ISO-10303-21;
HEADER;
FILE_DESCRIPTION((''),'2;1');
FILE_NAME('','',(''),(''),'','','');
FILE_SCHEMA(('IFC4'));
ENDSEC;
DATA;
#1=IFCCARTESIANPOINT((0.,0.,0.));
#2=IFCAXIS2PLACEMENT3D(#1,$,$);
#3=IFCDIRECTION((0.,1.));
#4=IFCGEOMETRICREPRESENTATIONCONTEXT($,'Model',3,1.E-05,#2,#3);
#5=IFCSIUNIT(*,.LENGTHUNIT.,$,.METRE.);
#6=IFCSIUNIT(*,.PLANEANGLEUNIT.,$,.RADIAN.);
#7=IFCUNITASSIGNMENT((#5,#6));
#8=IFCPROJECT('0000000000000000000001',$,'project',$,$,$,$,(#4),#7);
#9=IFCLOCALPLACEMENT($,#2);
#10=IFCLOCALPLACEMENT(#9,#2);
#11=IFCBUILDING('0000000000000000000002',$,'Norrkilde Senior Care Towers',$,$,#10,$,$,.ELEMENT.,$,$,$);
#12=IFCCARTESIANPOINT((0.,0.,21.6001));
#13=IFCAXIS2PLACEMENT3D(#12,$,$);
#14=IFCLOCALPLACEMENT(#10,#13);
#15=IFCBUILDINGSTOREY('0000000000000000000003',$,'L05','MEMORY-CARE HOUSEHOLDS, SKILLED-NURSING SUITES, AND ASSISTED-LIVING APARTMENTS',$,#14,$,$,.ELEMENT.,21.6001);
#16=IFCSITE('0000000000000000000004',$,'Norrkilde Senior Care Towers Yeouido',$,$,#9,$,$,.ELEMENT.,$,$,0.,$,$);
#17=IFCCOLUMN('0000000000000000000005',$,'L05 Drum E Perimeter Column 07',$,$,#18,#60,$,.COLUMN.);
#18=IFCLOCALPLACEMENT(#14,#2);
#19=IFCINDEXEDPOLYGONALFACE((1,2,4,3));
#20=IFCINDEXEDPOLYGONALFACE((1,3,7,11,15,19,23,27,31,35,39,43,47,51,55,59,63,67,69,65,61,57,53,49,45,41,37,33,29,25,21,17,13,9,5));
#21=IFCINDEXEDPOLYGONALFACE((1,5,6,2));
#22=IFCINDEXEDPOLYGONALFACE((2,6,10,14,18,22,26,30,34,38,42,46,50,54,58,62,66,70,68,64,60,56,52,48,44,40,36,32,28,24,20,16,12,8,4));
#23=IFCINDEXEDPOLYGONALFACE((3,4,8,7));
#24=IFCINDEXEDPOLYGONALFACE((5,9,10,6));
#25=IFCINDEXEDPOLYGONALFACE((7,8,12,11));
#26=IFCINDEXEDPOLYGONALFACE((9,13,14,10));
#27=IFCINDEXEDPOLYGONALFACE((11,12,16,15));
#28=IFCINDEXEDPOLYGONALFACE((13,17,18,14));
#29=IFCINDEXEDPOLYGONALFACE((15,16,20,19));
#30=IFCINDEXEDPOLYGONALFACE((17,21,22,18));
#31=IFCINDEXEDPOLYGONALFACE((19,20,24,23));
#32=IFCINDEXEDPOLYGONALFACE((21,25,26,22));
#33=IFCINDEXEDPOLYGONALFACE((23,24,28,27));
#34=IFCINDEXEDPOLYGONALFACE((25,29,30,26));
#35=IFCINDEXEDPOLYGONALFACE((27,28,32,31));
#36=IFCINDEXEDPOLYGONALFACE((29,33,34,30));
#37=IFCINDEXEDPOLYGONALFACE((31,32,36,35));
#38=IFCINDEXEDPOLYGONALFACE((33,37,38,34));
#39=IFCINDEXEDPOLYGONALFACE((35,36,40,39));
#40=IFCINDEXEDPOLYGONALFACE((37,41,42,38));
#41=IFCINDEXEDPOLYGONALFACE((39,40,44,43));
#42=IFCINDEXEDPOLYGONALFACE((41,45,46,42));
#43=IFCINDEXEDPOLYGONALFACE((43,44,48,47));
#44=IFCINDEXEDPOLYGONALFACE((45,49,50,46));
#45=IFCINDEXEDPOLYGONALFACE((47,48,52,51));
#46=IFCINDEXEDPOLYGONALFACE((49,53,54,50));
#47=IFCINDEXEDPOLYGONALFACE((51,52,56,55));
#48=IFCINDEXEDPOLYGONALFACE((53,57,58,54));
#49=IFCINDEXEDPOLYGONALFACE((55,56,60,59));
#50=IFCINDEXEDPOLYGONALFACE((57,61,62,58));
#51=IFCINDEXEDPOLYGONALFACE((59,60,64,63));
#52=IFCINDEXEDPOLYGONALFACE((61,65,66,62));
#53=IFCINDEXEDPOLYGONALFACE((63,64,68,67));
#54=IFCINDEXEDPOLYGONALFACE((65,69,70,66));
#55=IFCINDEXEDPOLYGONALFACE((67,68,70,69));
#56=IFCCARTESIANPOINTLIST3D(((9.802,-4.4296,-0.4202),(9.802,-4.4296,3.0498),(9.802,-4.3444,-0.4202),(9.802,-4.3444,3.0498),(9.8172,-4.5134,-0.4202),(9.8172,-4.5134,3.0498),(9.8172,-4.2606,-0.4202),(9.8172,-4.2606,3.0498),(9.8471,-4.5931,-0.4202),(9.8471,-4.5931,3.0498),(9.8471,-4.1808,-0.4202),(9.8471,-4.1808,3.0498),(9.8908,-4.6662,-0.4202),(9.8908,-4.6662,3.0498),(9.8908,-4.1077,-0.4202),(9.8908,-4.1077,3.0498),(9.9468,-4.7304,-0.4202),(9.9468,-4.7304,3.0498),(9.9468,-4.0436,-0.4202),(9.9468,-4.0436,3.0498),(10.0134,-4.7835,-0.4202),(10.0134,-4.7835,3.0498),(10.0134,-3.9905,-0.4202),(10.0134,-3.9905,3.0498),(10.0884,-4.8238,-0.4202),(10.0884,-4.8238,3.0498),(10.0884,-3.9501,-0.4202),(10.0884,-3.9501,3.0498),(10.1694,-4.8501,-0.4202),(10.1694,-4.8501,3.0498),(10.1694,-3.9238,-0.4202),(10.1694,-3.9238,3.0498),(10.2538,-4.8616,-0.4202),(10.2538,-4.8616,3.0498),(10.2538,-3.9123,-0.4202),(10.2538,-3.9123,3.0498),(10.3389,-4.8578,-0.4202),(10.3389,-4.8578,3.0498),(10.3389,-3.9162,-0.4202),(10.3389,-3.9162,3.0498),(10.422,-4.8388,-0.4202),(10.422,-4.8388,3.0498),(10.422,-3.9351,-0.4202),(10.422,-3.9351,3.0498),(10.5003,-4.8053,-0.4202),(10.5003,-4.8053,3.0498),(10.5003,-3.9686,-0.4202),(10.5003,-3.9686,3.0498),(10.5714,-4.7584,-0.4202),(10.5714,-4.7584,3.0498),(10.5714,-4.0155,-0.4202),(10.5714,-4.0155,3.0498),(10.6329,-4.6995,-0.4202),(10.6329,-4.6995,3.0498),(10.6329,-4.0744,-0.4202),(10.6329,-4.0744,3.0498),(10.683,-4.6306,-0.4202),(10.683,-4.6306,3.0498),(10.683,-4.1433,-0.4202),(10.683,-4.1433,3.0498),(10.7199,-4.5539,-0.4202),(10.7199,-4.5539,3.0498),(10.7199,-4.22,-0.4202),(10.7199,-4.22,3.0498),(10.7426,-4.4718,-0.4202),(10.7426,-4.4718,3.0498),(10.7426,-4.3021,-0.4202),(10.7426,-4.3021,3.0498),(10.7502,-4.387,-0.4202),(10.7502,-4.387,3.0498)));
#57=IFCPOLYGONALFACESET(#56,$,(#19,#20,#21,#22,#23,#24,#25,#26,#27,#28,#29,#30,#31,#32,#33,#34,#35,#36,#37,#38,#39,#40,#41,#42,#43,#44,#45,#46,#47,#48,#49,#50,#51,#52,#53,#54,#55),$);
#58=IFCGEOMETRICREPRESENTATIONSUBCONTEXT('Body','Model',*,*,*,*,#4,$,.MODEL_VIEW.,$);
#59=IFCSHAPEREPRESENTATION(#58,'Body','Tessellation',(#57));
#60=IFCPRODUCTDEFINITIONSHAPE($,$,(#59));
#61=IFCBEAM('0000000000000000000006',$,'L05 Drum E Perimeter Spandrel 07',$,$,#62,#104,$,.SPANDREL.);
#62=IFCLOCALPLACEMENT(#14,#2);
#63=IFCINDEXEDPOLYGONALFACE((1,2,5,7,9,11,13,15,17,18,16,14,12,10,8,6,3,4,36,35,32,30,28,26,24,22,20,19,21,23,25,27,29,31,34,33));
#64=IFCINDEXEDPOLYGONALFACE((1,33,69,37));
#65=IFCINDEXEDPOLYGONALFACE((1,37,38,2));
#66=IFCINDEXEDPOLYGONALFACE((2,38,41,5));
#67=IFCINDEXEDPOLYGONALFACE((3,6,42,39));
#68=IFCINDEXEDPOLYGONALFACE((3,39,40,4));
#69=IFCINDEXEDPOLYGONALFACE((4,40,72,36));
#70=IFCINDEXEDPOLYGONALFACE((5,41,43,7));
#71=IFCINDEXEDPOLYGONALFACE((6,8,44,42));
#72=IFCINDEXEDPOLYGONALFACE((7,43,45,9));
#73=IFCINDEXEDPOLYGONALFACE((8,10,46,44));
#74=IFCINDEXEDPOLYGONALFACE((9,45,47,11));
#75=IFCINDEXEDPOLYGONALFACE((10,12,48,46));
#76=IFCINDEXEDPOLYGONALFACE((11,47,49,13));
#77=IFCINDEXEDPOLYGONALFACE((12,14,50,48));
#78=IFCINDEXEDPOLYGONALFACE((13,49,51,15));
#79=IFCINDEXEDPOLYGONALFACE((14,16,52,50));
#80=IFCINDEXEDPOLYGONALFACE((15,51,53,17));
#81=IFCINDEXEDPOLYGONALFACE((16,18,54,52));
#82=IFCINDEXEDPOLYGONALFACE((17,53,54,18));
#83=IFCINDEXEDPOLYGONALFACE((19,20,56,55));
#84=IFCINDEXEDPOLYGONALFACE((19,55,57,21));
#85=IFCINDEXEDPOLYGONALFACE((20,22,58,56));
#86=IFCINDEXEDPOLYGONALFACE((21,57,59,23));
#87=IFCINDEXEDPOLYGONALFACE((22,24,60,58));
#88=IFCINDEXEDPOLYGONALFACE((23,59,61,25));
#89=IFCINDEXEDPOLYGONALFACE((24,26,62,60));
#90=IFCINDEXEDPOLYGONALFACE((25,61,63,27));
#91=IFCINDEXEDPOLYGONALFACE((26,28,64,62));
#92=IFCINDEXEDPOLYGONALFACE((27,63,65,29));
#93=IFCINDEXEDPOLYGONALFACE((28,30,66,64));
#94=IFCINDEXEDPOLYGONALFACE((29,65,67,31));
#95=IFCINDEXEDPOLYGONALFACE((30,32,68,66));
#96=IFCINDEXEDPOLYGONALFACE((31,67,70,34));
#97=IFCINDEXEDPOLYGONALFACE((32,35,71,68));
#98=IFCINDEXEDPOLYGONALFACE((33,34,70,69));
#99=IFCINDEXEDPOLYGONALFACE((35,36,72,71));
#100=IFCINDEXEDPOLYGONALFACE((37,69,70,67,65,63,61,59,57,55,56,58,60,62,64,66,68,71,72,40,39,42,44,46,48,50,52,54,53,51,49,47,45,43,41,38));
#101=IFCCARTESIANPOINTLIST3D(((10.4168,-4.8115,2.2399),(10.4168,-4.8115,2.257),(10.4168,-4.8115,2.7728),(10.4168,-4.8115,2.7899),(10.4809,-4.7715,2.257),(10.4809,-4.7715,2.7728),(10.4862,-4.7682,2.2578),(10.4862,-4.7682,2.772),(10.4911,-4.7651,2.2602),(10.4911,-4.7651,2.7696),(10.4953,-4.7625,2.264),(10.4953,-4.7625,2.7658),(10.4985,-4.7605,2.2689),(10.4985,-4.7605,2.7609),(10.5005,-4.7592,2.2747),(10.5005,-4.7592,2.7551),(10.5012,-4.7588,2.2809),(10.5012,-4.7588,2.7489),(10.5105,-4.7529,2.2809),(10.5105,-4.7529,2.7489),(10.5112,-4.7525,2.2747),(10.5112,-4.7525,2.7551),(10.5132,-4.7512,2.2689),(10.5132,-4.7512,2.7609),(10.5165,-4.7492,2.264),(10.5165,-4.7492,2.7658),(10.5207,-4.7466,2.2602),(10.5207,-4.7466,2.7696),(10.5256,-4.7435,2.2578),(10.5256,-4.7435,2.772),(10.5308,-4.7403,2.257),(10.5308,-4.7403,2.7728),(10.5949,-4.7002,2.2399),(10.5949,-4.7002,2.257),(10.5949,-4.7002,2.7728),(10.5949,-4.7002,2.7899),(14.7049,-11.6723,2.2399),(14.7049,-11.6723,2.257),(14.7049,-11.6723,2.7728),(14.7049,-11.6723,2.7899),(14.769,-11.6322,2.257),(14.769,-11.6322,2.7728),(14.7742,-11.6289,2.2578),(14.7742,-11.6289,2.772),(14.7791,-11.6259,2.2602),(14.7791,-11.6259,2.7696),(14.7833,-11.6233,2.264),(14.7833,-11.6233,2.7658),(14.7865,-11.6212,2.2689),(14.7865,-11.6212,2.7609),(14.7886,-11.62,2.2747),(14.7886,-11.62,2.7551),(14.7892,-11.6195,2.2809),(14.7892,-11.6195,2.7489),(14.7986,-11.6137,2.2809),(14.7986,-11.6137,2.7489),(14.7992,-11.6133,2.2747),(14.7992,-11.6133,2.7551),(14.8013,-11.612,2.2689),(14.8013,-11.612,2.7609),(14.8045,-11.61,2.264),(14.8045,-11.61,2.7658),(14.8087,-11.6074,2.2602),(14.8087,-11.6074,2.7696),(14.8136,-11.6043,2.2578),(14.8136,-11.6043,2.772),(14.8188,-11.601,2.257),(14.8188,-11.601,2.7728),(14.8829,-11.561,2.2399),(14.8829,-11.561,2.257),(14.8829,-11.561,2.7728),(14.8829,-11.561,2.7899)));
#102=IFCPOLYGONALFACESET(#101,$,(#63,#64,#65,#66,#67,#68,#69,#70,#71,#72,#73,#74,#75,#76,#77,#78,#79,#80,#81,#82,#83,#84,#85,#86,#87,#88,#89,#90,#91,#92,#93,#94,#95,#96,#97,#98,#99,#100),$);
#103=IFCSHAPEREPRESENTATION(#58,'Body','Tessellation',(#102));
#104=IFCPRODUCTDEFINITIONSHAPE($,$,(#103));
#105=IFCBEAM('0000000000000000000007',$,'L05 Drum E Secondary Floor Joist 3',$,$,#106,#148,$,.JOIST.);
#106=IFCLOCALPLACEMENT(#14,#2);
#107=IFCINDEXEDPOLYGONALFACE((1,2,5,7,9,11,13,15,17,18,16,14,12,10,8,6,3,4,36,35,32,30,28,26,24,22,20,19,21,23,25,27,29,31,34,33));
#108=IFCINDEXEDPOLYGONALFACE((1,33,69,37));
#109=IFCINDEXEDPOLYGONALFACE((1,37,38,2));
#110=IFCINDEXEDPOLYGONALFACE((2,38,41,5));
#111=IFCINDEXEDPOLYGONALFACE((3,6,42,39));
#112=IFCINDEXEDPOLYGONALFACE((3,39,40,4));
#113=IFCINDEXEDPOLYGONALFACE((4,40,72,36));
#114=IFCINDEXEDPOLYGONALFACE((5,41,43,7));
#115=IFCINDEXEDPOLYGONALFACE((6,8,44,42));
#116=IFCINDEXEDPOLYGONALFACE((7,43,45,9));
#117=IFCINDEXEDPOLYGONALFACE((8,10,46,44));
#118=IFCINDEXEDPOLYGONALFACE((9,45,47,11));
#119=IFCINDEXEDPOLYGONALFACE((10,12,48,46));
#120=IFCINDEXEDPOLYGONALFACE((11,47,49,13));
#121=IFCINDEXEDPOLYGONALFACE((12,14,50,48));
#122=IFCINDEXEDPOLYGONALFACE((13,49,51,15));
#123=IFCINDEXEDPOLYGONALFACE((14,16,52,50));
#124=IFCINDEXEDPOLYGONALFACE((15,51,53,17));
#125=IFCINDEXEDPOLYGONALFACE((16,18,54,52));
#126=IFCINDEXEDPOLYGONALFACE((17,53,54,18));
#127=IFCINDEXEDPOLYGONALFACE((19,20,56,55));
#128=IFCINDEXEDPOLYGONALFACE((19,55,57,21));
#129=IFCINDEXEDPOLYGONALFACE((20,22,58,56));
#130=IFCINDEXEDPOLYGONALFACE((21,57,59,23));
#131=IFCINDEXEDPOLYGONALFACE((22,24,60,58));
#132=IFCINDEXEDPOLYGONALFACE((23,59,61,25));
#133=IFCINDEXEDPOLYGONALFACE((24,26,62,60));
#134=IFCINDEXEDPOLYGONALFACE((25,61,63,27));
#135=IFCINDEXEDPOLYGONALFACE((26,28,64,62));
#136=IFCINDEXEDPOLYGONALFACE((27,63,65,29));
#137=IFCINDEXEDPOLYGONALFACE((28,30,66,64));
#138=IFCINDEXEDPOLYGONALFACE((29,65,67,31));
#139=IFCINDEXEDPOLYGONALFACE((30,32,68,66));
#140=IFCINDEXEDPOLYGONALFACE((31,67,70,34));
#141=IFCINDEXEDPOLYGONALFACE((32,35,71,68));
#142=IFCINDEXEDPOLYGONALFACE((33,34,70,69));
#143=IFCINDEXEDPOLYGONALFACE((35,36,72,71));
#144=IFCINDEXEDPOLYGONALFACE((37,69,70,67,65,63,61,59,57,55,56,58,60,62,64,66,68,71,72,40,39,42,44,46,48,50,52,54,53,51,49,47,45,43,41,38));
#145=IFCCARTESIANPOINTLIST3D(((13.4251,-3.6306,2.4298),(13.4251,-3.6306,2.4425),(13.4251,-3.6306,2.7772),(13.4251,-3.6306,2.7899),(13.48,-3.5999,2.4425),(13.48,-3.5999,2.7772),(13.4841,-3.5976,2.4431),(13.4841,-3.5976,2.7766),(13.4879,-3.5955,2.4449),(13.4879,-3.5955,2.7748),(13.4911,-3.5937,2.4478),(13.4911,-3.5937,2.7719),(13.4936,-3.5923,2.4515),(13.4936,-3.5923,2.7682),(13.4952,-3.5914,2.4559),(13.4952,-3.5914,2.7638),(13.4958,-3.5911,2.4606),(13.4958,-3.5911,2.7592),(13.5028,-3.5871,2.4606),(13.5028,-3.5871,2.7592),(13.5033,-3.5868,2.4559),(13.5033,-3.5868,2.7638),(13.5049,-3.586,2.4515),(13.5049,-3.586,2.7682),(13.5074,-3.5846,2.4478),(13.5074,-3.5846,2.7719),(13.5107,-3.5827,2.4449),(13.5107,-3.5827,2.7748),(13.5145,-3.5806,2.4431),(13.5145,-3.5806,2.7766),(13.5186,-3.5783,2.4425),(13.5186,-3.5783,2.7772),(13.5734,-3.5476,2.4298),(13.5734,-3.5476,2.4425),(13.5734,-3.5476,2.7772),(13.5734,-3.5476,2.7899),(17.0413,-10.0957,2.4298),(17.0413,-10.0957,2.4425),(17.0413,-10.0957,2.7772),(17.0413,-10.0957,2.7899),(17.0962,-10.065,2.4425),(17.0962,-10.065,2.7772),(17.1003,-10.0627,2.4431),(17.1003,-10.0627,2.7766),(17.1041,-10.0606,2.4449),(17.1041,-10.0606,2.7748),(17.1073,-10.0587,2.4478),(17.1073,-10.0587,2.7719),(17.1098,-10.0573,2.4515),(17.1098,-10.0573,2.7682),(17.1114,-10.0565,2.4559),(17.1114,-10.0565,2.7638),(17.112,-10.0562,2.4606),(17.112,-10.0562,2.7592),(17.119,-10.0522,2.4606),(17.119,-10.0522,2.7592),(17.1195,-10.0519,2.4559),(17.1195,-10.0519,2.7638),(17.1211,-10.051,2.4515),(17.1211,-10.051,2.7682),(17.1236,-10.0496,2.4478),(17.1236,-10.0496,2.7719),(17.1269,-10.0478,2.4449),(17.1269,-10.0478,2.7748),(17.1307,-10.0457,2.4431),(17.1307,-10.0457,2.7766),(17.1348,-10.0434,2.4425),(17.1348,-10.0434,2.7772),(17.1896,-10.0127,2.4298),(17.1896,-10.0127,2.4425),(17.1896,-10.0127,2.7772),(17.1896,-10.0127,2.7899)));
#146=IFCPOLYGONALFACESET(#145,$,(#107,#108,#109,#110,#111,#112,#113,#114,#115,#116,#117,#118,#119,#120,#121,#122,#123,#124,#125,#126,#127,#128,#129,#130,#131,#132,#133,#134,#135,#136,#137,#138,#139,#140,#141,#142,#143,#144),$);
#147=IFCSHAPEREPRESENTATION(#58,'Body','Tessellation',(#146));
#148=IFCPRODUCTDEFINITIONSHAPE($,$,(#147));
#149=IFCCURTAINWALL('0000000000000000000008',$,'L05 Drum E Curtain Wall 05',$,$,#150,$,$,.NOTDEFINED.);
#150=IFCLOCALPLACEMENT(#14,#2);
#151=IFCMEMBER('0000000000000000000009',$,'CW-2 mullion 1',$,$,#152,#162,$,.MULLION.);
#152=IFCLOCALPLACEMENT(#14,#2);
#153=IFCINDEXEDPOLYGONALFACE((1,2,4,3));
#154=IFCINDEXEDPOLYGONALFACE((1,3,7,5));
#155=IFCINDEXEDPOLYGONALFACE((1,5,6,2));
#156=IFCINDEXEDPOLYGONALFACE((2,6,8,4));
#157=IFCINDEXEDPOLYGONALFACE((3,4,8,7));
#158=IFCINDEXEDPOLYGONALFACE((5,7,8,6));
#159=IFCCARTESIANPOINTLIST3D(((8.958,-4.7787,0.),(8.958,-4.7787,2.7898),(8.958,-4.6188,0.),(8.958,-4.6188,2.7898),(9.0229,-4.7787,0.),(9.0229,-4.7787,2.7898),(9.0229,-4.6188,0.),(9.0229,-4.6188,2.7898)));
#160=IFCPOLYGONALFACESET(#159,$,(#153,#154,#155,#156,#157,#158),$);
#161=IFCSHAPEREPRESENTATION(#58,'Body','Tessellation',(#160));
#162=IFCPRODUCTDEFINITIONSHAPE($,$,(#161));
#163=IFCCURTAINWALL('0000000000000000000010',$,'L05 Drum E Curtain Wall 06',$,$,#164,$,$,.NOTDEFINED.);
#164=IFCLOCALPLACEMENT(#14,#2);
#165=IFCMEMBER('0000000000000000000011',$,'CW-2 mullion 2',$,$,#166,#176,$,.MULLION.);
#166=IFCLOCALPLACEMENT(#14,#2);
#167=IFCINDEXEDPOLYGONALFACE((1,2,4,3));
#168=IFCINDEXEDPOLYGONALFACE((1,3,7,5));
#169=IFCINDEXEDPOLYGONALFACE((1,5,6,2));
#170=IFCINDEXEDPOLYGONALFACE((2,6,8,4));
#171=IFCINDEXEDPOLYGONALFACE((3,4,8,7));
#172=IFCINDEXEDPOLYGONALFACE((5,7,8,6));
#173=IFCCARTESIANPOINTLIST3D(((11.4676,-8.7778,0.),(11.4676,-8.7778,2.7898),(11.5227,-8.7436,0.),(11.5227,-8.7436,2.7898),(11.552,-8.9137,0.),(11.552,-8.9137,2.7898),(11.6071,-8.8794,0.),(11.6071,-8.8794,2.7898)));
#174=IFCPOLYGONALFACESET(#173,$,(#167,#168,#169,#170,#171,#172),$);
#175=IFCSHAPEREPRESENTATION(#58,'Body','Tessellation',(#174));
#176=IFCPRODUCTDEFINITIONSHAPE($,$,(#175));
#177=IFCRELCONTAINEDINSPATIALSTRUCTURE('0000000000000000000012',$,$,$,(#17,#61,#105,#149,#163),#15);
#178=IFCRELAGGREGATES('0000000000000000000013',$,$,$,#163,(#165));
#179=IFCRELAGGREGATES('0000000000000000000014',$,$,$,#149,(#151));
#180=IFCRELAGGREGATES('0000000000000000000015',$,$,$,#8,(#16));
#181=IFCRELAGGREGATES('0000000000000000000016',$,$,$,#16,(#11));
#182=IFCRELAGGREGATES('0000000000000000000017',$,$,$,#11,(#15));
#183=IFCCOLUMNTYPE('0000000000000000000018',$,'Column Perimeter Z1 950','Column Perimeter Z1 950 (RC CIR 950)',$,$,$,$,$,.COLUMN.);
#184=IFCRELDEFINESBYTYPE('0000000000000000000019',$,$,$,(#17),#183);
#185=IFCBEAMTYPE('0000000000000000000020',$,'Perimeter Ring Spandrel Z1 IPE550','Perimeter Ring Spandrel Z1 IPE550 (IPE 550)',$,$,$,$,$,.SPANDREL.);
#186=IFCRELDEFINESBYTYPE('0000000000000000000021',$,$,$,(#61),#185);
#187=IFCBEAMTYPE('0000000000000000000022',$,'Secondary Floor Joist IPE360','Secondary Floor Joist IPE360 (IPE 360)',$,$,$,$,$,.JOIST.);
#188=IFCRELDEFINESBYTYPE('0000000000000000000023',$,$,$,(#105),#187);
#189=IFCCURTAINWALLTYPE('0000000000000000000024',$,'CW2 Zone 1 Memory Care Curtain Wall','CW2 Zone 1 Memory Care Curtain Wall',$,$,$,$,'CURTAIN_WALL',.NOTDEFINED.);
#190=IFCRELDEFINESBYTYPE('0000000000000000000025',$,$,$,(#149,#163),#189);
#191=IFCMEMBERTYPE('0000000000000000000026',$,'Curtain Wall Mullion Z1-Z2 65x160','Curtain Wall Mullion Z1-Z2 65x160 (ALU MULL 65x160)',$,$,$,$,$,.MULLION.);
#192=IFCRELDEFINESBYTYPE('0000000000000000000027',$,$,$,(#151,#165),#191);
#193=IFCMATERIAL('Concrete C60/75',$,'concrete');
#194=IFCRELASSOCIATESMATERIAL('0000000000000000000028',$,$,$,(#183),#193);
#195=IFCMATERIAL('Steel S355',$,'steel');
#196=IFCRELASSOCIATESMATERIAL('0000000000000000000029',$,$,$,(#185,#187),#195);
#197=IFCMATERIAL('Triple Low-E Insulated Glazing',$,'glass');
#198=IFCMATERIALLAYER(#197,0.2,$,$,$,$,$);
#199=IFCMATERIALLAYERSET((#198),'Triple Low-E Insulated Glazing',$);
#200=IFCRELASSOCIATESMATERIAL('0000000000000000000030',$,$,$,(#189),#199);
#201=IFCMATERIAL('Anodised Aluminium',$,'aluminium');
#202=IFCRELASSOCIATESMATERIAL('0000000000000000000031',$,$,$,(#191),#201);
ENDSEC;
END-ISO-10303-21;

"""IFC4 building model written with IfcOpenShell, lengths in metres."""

from ifc_helpers import new_model, si_unit, direction, frame, origin, origin_2d, place, context, subcontext, project, spatial, rectangle, circle, i_section, extrude, source, transform, mapped, material, layer, layer_set, material_profile, profile_set, type_object, type_shapes, element, aggregate, save


model = new_model("IFC4")

# Units and contexts
model_context = context("Model", 3, precision=1e-05, world=origin(), true_north=direction((0.0, 1.0)))
body_context = subcontext(model_context, "Body", "Model", "MODEL_VIEW")
ifc_project = project(units=[si_unit("LENGTHUNIT", "METRE"), si_unit("PLANEANGLEUNIT", "RADIAN")], contexts=[model_context])

# Site, building, storey
site_placement = place(None, origin())
site = spatial("IfcSite", under=ifc_project, at=site_placement, Name="Norrkilde Senior Care Towers Yeouido", CompositionType="ELEMENT", RefElevation=0.0)
building_placement = place(site_placement, origin())
building = spatial("IfcBuilding", under=site, at=building_placement, Name="Norrkilde Senior Care Towers", CompositionType="ELEMENT")
storey_placement = place(building_placement, frame((0.0, 0.0, 21.6001)))
storey = spatial("IfcBuildingStorey", under=building, at=storey_placement, Name="L05", Description="MEMORY-CARE HOUSEHOLDS, SKILLED-NURSING SUITES, AND ASSISTED-LIVING APARTMENTS", CompositionType="ELEMENT", Elevation=21.6001)

# Column
ifc_material_1 = material(Name="Concrete C60/75", Category="concrete")
ifc_material_profile_1 = material_profile(ifc_material_1, circle(Radius=0.4751, at=origin_2d()), Name="RC CIR 950")
ifc_profile_set_1 = profile_set([ifc_material_profile_1], Name="Concrete C60/75")
column_type = type_object("IfcColumnType", Name="Column Perimeter Z1 950", Description="Column Perimeter Z1 950 (RC CIR 950)", PredefinedType="COLUMN", material=ifc_profile_set_1)
shared_shape_1 = source(origin(), body_context, "Body", "SweptSolid", [
    extrude(circle(Radius=0.4751, at=origin_2d()), origin(), (0.0, 0.0, 1.0), 3.47),
])
type_shapes(column_type, [shared_shape_1])
column_placement = place(storey_placement, frame((10.2751, -4.387, -0.4202), z_axis=(0.0, 0.0, 1.0), x_axis=(1.0, 0.0, 0.0)))
element("IfcColumn", 1, at=column_placement, inside=storey, type_object=column_type, Name="L05 Drum E Perimeter Column 07", PredefinedType="COLUMN", context=body_context, shape_type="MappedRepresentation", body=[
    mapped(shared_shape_1, transform((0.0, 0.0, 0.0), x_axis=(1.0, 0.0, 0.0), y_axis=(0.0, 1.0, 0.0), z_axis=(0.0, 0.0, 1.0), scale=1.0)),
])

# Beams
ifc_material_2 = material(Name="Steel S355", Category="steel")
ifc_material_profile_2 = material_profile(ifc_material_2, i_section(OverallWidth=0.21, OverallDepth=0.55, WebThickness=0.011, FlangeThickness=0.0171, FilletRadius=0.0239, at=origin_2d()), Name="IPE 550")
ifc_profile_set_2 = profile_set([ifc_material_profile_2], Name="Steel S355")
beam_type_1 = type_object("IfcBeamType", Name="Perimeter Ring Spandrel Z1 IPE550", Description="Perimeter Ring Spandrel Z1 IPE550 (IPE 550)", PredefinedType="SPANDREL", material=ifc_profile_set_2)
shared_shape_2 = source(origin(), body_context, "Body", "SweptSolid", [
    extrude(i_section(OverallWidth=0.21, OverallDepth=0.55, WebThickness=0.011, FlangeThickness=0.0171, FilletRadius=0.0239, at=origin_2d()), origin(), (0.0, 0.0, 1.0), 8.0906),
])
type_shapes(beam_type_1, [shared_shape_2])
beam_1_placement = place(storey_placement, frame((10.5059, -4.7559, 2.5149), z_axis=(0.530004, -0.847995, 0.0), x_axis=(0.847995, 0.530004, 0.0)))
element("IfcBeam", 2, at=beam_1_placement, inside=storey, type_object=beam_type_1, Name="L05 Drum E Perimeter Spandrel 07", PredefinedType="SPANDREL", context=body_context, shape_type="MappedRepresentation", body=[
    mapped(shared_shape_2, transform((0.0, 0.0, 0.0), x_axis=(1.0, 0.0, 0.0), y_axis=(0.0, 1.0, 0.0), z_axis=(0.0, 0.0, 1.0), scale=1.0)),
])
ifc_material_profile_3 = material_profile(ifc_material_2, i_section(OverallWidth=0.1699, OverallDepth=0.3601, WebThickness=0.0081, FlangeThickness=0.0127, FilletRadius=0.0181, at=origin_2d()), Name="IPE 360")
ifc_profile_set_3 = profile_set([ifc_material_profile_3], Name="Steel S355")
beam_type_2 = type_object("IfcBeamType", Name="Secondary Floor Joist IPE360", Description="Secondary Floor Joist IPE360 (IPE 360)", PredefinedType="JOIST", material=ifc_profile_set_3)
shared_shape_3 = source(origin(), body_context, "Body", "SweptSolid", [
    extrude(i_section(OverallWidth=0.1699, OverallDepth=0.3601, WebThickness=0.0081, FlangeThickness=0.0127, FilletRadius=0.0181, at=origin_2d()), origin(), (0.0, 0.0, 1.0), 7.4077),
])
type_shapes(beam_type_2, [shared_shape_3])
beam_2_placement = place(storey_placement, frame((13.4993, -3.5891, 2.6099), z_axis=(0.488168, -0.87275, 0.0), x_axis=(0.87275, 0.488168, 0.0)))
element("IfcBeam", 3, at=beam_2_placement, inside=storey, type_object=beam_type_2, Name="L05 Drum E Secondary Floor Joist 3", PredefinedType="JOIST", context=body_context, shape_type="MappedRepresentation", body=[
    mapped(shared_shape_3, transform((0.0, 0.0, 0.0), x_axis=(1.0, 0.0, 0.0), y_axis=(0.0, 1.0, 0.0), z_axis=(0.0, 0.0, 1.0), scale=1.0)),
])

# Curtain wall, member
ifc_material_3 = material(Name="Triple Low-E Insulated Glazing", Category="glass")
ifc_layer_1 = layer(ifc_material_3, 0.2)
ifc_layer_set_1 = layer_set([ifc_layer_1], Name="Triple Low-E Insulated Glazing")
curtain_wall_type = type_object("IfcCurtainWallType", Name="CW2 Zone 1 Memory Care Curtain Wall", Description="CW2 Zone 1 Memory Care Curtain Wall", ElementType="CURTAIN_WALL", PredefinedType="NOTDEFINED", material=ifc_layer_set_1)
curtain_wall_1_placement = place(storey_placement, origin())
curtain_wall_1 = element("IfcCurtainWall", 4, at=curtain_wall_1_placement, inside=storey, type_object=curtain_wall_type, Name="L05 Drum E Curtain Wall 05", PredefinedType="NOTDEFINED")
ifc_material_4 = material(Name="Anodised Aluminium", Category="aluminium")
ifc_material_profile_4 = material_profile(ifc_material_4, rectangle(XDim=0.0649, YDim=0.1599, at=origin_2d()), Name="ALU MULL 65x160")
ifc_profile_set_4 = profile_set([ifc_material_profile_4], Name="Anodised Aluminium")
member_type_1 = type_object("IfcMemberType", Name="Curtain Wall Mullion Z1-Z2 65x160", Description="Curtain Wall Mullion Z1-Z2 65x160 (ALU MULL 65x160)", PredefinedType="MULLION", material=ifc_profile_set_4)
shared_shape_4 = source(origin(), body_context, "Body", "SweptSolid", [
    extrude(rectangle(XDim=0.0649, YDim=0.1599, at=origin_2d()), origin(), (0.0, 0.0, 1.0), 2.7898),
])
type_shapes(member_type_1, [shared_shape_4])
member_1_placement = place(storey_placement, frame((8.9905, -4.6987, 0.0), z_axis=(0.0, 0.0, 1.0), x_axis=(-1.0, 0.0, 0.0)))
member_1 = element("IfcMember", 5, at=member_1_placement, type_object=member_type_1, Name="CW-2 mullion 1", PredefinedType="MULLION", context=body_context, shape_type="MappedRepresentation", body=[
    mapped(shared_shape_4, transform((0.0, 0.0, 0.0), x_axis=(1.0, 0.0, 0.0), y_axis=(0.0, 1.0, 0.0), z_axis=(0.0, 0.0, 1.0), scale=1.0)),
])

# Curtain wall, member
curtain_wall_2_placement = place(storey_placement, origin())
curtain_wall_2 = element("IfcCurtainWall", 6, at=curtain_wall_2_placement, inside=storey, type_object=curtain_wall_type, Name="L05 Drum E Curtain Wall 06", PredefinedType="NOTDEFINED")
member_2_placement = place(storey_placement, frame((11.5374, -8.8286, 0.0), z_axis=(0.0, 0.0, 1.0), x_axis=(-0.849306, -0.527901, 0.0)))
member_2 = element("IfcMember", 7, at=member_2_placement, type_object=member_type_1, Name="CW-2 mullion 2", PredefinedType="MULLION", context=body_context, shape_type="MappedRepresentation", body=[
    mapped(shared_shape_4, transform((0.0, 0.0, 0.0), x_axis=(1.0, 0.0, 0.0), y_axis=(0.0, 1.0, 0.0), z_axis=(0.0, 0.0, 1.0), scale=1.0)),
])

aggregate(curtain_wall_2, [member_2])
aggregate(curtain_wall_1, [member_1])

save(model, "model.ifc")
